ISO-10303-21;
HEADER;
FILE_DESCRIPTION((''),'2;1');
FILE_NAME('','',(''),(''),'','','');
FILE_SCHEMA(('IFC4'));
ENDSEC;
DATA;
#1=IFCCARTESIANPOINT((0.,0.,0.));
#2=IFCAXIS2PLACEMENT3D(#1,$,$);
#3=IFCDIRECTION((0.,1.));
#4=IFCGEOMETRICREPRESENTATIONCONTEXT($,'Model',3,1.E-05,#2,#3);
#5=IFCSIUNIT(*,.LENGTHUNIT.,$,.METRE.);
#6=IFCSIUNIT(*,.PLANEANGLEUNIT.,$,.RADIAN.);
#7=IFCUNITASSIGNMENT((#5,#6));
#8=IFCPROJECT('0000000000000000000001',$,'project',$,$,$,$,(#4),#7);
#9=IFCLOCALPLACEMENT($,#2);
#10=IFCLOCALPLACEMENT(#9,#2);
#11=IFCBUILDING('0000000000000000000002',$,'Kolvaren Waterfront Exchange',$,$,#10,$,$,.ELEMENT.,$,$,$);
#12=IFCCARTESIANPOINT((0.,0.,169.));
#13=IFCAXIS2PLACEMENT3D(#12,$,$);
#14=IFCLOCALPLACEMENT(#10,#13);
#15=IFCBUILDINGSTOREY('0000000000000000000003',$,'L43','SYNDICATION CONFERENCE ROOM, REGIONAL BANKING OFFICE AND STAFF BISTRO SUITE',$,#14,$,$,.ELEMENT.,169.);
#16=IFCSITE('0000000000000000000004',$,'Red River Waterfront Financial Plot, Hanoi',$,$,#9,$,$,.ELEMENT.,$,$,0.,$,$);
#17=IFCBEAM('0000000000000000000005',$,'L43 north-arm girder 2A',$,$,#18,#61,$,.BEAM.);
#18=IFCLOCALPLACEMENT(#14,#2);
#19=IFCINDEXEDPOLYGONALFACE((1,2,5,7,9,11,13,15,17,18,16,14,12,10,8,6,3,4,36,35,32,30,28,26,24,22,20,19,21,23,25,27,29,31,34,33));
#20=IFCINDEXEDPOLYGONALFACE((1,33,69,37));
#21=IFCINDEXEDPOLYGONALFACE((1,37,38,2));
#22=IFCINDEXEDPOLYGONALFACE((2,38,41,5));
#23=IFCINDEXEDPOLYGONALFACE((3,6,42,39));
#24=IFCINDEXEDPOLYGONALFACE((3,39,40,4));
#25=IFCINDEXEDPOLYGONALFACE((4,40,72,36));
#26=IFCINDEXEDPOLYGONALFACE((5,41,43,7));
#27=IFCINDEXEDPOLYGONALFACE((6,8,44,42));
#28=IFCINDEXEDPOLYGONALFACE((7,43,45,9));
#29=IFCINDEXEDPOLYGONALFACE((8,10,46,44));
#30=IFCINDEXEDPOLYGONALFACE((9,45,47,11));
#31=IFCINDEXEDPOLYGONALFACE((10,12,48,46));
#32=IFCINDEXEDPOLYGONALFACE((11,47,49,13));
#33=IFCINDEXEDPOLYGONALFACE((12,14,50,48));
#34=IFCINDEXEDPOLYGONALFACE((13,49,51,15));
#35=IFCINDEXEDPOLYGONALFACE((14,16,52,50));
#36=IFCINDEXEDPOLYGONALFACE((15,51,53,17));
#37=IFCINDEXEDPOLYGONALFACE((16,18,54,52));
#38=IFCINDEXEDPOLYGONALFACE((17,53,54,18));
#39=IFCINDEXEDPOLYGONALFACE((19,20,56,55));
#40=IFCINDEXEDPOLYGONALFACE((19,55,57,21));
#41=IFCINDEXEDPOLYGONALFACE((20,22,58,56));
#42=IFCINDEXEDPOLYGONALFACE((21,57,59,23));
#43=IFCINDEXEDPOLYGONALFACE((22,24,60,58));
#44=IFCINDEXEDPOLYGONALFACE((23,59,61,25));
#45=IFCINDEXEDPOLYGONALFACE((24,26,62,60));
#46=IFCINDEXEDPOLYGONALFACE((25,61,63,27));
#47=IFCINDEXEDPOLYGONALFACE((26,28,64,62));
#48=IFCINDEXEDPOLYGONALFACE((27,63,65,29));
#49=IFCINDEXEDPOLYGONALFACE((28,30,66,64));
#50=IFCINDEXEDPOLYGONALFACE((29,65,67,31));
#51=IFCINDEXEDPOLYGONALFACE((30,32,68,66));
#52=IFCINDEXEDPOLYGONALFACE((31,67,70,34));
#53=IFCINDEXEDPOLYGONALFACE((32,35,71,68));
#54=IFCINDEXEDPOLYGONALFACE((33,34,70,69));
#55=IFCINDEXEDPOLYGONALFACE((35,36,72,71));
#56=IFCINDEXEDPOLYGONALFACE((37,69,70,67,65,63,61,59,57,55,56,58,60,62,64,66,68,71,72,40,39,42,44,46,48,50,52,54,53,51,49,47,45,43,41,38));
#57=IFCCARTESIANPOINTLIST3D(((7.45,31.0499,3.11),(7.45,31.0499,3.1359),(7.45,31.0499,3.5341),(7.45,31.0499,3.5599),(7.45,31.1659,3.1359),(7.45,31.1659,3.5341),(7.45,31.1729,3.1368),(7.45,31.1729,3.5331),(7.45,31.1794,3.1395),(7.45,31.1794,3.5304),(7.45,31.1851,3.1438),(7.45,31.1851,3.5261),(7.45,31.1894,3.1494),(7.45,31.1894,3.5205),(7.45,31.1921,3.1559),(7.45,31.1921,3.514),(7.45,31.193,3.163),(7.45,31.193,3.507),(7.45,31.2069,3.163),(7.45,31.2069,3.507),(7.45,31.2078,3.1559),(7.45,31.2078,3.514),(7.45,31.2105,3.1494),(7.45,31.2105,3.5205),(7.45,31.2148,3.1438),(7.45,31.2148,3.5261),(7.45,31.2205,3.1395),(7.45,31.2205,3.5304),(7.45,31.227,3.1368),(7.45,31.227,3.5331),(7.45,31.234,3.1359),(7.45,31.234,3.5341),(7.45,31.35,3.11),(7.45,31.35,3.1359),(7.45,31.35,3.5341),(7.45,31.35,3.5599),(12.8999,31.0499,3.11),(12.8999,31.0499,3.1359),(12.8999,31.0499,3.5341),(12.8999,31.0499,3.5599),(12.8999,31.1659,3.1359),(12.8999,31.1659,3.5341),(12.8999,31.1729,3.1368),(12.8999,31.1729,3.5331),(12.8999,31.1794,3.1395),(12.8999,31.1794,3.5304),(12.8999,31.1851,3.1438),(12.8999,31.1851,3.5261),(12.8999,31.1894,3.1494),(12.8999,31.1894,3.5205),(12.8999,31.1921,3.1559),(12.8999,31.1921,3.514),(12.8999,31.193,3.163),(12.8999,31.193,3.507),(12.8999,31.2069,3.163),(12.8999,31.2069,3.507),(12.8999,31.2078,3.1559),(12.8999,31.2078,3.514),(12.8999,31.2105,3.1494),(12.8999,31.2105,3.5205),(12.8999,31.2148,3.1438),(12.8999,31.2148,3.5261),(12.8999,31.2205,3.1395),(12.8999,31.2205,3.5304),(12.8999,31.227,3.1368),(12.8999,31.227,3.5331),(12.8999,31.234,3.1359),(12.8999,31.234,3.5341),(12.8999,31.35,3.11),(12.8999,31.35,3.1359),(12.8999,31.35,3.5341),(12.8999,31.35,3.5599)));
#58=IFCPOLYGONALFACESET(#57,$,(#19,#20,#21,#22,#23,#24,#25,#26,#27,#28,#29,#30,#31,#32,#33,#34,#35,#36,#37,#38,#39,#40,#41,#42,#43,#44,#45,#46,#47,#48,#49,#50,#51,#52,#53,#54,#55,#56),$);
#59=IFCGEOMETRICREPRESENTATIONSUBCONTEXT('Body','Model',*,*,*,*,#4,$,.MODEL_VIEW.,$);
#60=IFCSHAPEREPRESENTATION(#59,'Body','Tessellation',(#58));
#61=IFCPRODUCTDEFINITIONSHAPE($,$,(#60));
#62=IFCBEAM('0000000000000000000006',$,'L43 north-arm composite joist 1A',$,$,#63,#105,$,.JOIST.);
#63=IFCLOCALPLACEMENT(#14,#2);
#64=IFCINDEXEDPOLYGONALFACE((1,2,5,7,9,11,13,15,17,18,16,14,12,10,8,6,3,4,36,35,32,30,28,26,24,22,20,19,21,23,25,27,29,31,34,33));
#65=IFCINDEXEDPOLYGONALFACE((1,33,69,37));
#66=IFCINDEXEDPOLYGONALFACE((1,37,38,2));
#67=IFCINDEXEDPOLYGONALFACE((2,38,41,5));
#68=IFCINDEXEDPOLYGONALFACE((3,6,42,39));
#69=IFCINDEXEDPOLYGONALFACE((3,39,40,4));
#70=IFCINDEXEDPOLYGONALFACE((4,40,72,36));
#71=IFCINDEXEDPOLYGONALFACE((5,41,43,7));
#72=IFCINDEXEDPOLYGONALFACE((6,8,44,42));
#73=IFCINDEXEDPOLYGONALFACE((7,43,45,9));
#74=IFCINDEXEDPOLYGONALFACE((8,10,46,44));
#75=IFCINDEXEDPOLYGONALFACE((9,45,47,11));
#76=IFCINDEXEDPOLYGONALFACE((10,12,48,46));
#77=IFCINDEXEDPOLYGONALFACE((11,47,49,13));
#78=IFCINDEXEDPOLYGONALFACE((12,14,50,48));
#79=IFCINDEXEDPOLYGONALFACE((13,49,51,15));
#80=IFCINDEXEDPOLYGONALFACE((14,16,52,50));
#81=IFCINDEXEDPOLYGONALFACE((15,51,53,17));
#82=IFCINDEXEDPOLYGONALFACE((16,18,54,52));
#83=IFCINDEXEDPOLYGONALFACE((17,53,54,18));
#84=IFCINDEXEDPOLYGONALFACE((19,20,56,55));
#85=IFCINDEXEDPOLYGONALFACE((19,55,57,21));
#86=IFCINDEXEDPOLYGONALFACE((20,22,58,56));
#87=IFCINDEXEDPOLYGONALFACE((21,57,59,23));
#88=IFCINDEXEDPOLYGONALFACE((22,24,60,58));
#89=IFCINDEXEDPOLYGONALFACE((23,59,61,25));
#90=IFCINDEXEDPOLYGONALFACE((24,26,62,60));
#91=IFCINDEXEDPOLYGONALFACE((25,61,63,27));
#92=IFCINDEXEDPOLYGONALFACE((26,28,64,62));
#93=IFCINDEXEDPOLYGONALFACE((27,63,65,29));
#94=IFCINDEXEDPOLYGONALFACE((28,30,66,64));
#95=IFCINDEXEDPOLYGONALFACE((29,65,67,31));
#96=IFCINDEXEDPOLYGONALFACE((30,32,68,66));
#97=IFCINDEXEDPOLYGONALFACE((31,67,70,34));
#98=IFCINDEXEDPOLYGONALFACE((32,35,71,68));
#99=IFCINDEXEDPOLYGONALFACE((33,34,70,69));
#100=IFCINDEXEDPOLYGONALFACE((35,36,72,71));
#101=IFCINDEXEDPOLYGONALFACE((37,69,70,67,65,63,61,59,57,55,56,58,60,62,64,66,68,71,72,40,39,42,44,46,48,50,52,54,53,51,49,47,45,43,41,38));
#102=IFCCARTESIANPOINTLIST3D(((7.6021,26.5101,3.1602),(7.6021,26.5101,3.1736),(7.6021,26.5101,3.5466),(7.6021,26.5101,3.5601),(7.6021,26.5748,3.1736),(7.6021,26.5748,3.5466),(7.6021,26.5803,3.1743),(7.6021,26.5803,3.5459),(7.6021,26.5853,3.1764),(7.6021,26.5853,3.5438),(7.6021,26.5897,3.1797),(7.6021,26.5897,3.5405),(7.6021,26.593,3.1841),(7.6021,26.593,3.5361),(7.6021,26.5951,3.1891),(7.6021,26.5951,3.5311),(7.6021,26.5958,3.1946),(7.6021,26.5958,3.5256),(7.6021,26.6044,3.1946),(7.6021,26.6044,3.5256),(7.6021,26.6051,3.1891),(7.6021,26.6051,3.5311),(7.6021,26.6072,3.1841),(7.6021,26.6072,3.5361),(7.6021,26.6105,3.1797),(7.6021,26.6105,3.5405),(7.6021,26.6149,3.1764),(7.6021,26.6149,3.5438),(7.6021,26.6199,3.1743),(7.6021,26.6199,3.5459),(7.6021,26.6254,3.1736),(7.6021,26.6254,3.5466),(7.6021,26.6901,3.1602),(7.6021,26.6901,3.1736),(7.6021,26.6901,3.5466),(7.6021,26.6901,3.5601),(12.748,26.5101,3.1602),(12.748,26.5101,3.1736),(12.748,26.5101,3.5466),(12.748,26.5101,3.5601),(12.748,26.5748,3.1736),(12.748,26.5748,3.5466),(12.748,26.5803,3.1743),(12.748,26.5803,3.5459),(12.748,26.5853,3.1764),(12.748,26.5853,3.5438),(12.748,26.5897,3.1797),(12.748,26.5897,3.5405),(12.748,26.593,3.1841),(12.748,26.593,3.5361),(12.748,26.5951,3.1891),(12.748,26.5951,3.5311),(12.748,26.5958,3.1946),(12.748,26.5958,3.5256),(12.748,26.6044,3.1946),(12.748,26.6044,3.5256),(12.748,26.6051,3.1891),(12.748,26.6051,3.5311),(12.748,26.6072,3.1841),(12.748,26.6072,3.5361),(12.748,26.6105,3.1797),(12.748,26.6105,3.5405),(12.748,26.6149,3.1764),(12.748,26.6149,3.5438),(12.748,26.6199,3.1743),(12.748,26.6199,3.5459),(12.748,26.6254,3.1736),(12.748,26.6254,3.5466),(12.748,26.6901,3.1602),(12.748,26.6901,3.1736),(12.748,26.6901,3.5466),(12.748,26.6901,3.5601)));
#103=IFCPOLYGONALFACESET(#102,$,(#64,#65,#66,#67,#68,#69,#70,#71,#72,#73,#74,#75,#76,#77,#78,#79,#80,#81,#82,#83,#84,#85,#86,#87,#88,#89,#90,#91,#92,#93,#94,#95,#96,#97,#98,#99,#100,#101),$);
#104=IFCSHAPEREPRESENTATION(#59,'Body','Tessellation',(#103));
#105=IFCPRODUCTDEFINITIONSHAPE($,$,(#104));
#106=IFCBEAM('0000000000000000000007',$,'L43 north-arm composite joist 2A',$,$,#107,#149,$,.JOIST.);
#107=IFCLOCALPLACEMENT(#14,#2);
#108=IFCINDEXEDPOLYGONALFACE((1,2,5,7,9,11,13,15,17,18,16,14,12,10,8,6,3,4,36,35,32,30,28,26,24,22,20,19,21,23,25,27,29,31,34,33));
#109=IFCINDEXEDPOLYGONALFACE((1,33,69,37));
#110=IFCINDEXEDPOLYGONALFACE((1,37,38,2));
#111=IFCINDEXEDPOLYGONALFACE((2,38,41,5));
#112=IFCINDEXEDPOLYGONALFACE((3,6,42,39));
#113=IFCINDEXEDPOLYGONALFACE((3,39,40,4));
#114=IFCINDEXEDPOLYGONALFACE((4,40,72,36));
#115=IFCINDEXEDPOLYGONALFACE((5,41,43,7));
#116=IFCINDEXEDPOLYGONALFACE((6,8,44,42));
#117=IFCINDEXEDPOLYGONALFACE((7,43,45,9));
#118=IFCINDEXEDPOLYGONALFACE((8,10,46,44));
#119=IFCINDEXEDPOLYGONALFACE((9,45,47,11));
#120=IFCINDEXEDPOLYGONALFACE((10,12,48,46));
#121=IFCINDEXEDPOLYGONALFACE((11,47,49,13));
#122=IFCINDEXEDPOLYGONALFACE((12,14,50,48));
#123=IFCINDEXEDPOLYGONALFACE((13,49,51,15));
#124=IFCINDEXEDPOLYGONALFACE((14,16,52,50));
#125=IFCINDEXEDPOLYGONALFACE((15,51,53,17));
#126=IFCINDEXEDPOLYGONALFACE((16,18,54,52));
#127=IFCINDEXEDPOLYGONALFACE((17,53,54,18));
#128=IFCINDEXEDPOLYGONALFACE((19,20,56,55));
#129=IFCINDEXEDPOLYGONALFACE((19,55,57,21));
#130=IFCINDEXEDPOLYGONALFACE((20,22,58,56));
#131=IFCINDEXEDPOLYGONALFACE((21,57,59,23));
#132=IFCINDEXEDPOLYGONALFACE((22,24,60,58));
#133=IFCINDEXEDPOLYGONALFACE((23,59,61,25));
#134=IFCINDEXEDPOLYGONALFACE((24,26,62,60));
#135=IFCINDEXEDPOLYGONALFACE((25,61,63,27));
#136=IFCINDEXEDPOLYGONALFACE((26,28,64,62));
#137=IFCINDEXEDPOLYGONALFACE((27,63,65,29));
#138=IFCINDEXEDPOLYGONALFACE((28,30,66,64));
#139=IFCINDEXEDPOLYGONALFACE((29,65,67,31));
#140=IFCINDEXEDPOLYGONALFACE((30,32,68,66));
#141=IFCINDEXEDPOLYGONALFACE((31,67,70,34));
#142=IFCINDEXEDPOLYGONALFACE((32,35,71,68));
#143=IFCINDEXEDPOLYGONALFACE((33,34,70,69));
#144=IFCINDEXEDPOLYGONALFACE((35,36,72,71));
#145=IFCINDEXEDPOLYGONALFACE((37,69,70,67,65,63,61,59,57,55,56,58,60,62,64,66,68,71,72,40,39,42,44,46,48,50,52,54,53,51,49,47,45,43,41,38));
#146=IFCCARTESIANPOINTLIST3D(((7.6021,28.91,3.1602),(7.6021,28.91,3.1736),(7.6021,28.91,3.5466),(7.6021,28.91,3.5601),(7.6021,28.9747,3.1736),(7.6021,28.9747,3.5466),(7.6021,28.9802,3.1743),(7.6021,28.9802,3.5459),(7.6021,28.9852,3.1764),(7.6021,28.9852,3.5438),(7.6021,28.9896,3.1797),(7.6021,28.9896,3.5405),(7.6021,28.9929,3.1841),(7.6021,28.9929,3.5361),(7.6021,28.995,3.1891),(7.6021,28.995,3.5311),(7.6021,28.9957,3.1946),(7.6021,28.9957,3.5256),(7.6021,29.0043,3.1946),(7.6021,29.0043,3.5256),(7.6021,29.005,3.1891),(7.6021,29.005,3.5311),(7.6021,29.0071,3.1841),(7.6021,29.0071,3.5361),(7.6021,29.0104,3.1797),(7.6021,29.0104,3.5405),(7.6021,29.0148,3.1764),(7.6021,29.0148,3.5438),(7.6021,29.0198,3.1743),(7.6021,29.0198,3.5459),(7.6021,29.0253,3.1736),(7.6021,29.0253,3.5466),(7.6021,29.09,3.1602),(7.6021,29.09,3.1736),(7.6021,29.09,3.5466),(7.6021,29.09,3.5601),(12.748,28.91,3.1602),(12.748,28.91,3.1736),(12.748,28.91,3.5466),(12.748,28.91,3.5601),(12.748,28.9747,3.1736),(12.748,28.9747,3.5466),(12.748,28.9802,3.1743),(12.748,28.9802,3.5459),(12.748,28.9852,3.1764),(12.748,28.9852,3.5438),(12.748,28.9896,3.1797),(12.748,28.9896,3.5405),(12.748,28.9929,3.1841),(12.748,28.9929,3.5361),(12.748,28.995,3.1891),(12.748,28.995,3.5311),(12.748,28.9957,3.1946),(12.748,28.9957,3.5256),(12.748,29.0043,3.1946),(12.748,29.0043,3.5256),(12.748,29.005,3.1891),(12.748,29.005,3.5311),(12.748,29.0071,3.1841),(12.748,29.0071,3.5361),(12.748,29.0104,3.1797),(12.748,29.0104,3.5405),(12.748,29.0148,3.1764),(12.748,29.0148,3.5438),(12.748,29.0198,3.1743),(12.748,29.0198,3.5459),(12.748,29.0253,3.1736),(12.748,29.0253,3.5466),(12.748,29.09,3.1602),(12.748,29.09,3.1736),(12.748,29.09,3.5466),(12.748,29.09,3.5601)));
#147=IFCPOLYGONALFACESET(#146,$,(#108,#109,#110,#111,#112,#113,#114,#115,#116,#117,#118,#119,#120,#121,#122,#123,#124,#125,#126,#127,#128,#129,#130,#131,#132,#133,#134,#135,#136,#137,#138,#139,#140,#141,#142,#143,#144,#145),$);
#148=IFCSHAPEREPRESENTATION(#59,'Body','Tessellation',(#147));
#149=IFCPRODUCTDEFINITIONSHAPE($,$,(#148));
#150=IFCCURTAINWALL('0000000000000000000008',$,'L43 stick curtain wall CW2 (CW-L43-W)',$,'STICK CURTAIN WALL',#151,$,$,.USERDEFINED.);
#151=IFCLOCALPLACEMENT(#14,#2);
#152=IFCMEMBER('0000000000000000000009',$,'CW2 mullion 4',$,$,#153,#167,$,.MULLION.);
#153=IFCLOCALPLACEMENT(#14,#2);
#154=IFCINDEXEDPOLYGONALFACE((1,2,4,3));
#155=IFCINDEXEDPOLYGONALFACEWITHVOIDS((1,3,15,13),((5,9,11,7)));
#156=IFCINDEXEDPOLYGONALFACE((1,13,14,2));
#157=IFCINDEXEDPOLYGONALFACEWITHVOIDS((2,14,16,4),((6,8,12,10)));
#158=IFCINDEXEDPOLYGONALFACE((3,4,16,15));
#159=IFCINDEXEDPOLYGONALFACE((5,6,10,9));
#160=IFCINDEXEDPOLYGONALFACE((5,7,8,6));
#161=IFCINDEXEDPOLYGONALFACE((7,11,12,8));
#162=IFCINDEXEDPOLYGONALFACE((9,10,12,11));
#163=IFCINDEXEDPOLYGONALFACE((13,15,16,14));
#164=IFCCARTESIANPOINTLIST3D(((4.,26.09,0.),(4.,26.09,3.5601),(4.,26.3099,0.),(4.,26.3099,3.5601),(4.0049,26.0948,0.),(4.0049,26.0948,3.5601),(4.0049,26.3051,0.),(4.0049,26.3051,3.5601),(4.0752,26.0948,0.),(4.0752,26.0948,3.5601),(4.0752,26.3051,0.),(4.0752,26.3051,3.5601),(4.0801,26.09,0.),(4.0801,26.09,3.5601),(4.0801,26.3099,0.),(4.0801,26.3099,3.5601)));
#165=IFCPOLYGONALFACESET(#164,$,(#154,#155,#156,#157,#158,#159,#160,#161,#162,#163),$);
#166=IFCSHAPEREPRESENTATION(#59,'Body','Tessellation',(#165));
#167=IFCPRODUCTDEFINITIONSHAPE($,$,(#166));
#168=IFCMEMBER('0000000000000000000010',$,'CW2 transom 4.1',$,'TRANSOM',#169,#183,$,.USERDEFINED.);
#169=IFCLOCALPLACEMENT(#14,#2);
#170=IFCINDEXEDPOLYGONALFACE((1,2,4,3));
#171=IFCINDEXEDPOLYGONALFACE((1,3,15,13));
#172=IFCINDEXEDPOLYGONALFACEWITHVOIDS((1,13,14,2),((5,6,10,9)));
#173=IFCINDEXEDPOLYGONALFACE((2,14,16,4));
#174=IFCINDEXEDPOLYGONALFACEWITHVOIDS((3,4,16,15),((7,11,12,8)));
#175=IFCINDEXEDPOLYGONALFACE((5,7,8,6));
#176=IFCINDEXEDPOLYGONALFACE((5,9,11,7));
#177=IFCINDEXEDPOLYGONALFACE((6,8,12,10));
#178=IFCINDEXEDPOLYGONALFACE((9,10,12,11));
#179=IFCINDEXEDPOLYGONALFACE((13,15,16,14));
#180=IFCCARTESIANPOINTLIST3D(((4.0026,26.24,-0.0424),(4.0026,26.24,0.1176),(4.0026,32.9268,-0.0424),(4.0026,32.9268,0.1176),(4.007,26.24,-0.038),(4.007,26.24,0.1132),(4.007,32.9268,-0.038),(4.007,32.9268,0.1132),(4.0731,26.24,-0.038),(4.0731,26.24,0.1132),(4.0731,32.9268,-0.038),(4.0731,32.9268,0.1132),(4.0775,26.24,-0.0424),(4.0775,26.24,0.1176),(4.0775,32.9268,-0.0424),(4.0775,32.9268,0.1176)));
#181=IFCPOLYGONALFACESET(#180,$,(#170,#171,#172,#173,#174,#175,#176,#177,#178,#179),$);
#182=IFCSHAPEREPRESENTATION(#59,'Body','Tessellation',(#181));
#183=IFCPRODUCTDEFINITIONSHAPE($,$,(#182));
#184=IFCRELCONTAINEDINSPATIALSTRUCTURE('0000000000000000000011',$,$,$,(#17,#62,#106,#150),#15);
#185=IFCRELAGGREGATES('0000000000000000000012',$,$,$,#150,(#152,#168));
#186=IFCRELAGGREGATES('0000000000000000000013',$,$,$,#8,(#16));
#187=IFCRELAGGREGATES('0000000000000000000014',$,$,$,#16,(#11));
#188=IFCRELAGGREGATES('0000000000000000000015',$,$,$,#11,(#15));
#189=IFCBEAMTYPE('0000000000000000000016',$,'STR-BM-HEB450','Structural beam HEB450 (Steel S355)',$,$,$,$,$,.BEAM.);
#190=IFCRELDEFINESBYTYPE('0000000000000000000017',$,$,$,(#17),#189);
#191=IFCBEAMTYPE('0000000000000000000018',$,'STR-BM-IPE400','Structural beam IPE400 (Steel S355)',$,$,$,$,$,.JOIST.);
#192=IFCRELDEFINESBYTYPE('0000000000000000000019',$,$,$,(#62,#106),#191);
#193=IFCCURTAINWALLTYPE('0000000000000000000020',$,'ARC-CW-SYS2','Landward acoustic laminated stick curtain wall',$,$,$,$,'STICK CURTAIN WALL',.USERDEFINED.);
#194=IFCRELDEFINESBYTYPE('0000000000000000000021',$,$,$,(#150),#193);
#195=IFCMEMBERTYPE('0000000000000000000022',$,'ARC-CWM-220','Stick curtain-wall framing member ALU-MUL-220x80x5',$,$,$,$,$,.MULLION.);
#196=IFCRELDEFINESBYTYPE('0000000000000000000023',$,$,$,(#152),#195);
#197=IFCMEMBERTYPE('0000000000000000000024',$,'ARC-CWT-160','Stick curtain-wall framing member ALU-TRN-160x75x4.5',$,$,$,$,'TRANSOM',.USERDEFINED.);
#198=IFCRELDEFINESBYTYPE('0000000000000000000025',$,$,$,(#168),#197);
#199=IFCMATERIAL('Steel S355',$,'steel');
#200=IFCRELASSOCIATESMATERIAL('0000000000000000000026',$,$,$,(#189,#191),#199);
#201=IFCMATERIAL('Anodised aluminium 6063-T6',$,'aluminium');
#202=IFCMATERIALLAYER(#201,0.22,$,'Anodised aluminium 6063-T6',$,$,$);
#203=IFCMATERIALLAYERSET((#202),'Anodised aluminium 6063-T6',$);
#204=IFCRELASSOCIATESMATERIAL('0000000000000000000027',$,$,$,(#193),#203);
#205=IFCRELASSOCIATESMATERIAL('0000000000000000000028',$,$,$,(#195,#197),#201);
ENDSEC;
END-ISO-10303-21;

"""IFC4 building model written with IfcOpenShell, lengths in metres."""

from ifc_helpers import new_model, si_unit, direction, frame, origin, origin_with_axes, origin_2d, place, context, subcontext, project, spatial, hollow_rectangle, i_section, extrude, source, transform, mapped, material, layer, layer_set, material_profile, profile_set, type_object, element, aggregate, save


model = new_model("IFC4")

# Units and contexts
model_context = context("Model", 3, precision=1e-05, world=origin(), true_north=direction((0.0, 1.0)))
body_context = subcontext(model_context, "Body", "Model", "MODEL_VIEW")
ifc_project = project(units=[si_unit("LENGTHUNIT", "METRE"), si_unit("PLANEANGLEUNIT", "RADIAN")], contexts=[model_context])

# Site, building, storey
site_placement = place(None, origin())
site = spatial("IfcSite", under=ifc_project, at=site_placement, Name="Red River Waterfront Financial Plot, Hanoi", CompositionType="ELEMENT", RefElevation=0.0)
building_placement = place(site_placement, origin())
building = spatial("IfcBuilding", under=site, at=building_placement, Name="Kolvaren Waterfront Exchange", CompositionType="ELEMENT")
storey_placement = place(building_placement, frame((0.0, 0.0, 169.0)))
storey = spatial("IfcBuildingStorey", under=building, at=storey_placement, Name="L43", Description="SYNDICATION CONFERENCE ROOM, REGIONAL BANKING OFFICE AND STAFF BISTRO SUITE", CompositionType="ELEMENT", Elevation=169.0)

# Beams
ifc_material_1 = material(Name="Steel S355", Category="steel")
ifc_material_profile_1 = material_profile(ifc_material_1, i_section(OverallWidth=0.3, OverallDepth=0.45, WebThickness=0.0139, FlangeThickness=0.0259, FilletRadius=0.0271, at=origin_2d()), Name="HEB450")
ifc_profile_set_1 = profile_set([ifc_material_profile_1], Name="Steel S355")
beam_type_1 = type_object("IfcBeamType", Name="STR-BM-HEB450", Description="Structural beam HEB450 (Steel S355)", PredefinedType="BEAM", material=ifc_profile_set_1)
for number, where, z_axis, x_axis, name in (
    (1, (7.45, 31.2, 3.335), (1.0, 0.0, 0.0), (0.0, 1.0, 0.0), "L43 north-arm girder 2A"),
):
    element("IfcBeam", number, at=place(storey_placement, frame(where, z_axis=z_axis, x_axis=x_axis)), inside=storey, type_object=beam_type_1, Name=name, PredefinedType="BEAM", context=body_context, shape_type="SweptSolid", body=[
        extrude(i_section(OverallWidth=0.3, OverallDepth=0.45, WebThickness=0.0139, FlangeThickness=0.0259, FilletRadius=0.0271, at=origin_2d()), origin(), (0.0, 0.0, 1.0), 5.45),
    ])
ifc_material_profile_2 = material_profile(ifc_material_1, i_section(OverallWidth=0.1799, OverallDepth=0.3999, WebThickness=0.0085, FlangeThickness=0.0134, FilletRadius=0.021, at=origin_2d()), Name="IPE400")
ifc_profile_set_2 = profile_set([ifc_material_profile_2], Name="Steel S355")
beam_type_2 = type_object("IfcBeamType", Name="STR-BM-IPE400", Description="Structural beam IPE400 (Steel S355)", PredefinedType="JOIST", material=ifc_profile_set_2)
for number, where, z_axis, x_axis, name in (
    (2, (7.6021, 26.6001, 3.3601), (1.0, 0.0, 0.0), (0.0, 1.0, 0.0), "L43 north-arm composite joist 1A"),
    (3, (7.6021, 29.0, 3.3601), (1.0, 0.0, 0.0), (0.0, 1.0, 0.0), "L43 north-arm composite joist 2A"),
):
    element("IfcBeam", number, at=place(storey_placement, frame(where, z_axis=z_axis, x_axis=x_axis)), inside=storey, type_object=beam_type_2, Name=name, PredefinedType="JOIST", context=body_context, shape_type="SweptSolid", body=[
        extrude(i_section(OverallWidth=0.1799, OverallDepth=0.3999, WebThickness=0.0085, FlangeThickness=0.0134, FilletRadius=0.021, at=origin_2d()), origin(), (0.0, 0.0, 1.0), 5.146),
    ])

# Curtain wall, members
ifc_material_2 = material(Name="Anodised aluminium 6063-T6", Category="aluminium")
ifc_layer_1 = layer(ifc_material_2, 0.22, Name="Anodised aluminium 6063-T6")
ifc_layer_set_1 = layer_set([ifc_layer_1], Name="Anodised aluminium 6063-T6")
curtain_wall_type = type_object("IfcCurtainWallType", Name="ARC-CW-SYS2", Description="Landward acoustic laminated stick curtain wall", ElementType="STICK CURTAIN WALL", PredefinedType="USERDEFINED", material=ifc_layer_set_1)
curtain_wall_placement = place(storey_placement, origin())
curtain_wall = element("IfcCurtainWall", 4, at=curtain_wall_placement, inside=storey, type_object=curtain_wall_type, Name="L43 stick curtain wall CW2 (CW-L43-W)", ObjectType="STICK CURTAIN WALL", PredefinedType="USERDEFINED")
ifc_material_profile_3 = material_profile(ifc_material_2, hollow_rectangle(XDim=0.0801, YDim=0.22, WallThickness=0.0049, at=origin_2d()), Name="ALU-MUL-220x80x5")
ifc_profile_set_3 = profile_set([ifc_material_profile_3], Name="Anodised aluminium 6063-T6")
member_type_1 = type_object("IfcMemberType", Name="ARC-CWM-220", Description="Stick curtain-wall framing member ALU-MUL-220x80x5", PredefinedType="MULLION", material=ifc_profile_set_3)
shared_shape_1 = source(origin_with_axes(), body_context, "Body", "SweptSolid", [
    extrude(hollow_rectangle(XDim=0.0801, YDim=0.22, WallThickness=0.0049, at=origin_2d()), origin(), (0.0, 0.0, 1.0), 3.5601),
])
member_1_placement = place(storey_placement, frame((4.04, 26.2, 0.0), z_axis=(0.0, 0.0, 1.0), x_axis=(-1.0, 0.0, 0.0)))
member_1 = element("IfcMember", 5, at=member_1_placement, type_object=member_type_1, Name="CW2 mullion 4", PredefinedType="MULLION", context=body_context, shape_type="MappedRepresentation", body=[
    mapped(shared_shape_1, transform((0.0, 0.0, 0.0), x_axis=(1.0, 0.0, 0.0), y_axis=(0.0, 1.0, 0.0), z_axis=(0.0, 0.0, 1.0), scale=1.0)),
])
ifc_material_profile_4 = material_profile(ifc_material_2, hollow_rectangle(XDim=0.075, YDim=0.1599, WallThickness=0.0044, at=origin_2d()), Name="ALU-TRN-160x75x4.5")
ifc_profile_set_4 = profile_set([ifc_material_profile_4], Name="Anodised aluminium 6063-T6")
member_type_2 = type_object("IfcMemberType", Name="ARC-CWT-160", Description="Stick curtain-wall framing member ALU-TRN-160x75x4.5", ElementType="TRANSOM", PredefinedType="USERDEFINED", material=ifc_profile_set_4)
shared_shape_2 = source(origin_with_axes(), body_context, "Body", "SweptSolid", [
    extrude(hollow_rectangle(XDim=0.075, YDim=0.1599, WallThickness=0.0044, at=origin_2d()), origin(), (0.0, 0.0, 1.0), 6.6868),
])
member_2_placement = place(storey_placement, frame((4.04, 26.24, 0.0376), z_axis=(0.0, 1.0, 0.0), x_axis=(-1.0, 0.0, 0.0)))
member_2 = element("IfcMember", 6, at=member_2_placement, type_object=member_type_2, Name="CW2 transom 4.1", ObjectType="TRANSOM", PredefinedType="USERDEFINED", context=body_context, shape_type="MappedRepresentation", body=[
    mapped(shared_shape_2, transform((0.0, 0.0, 0.0), x_axis=(1.0, 0.0, 0.0), y_axis=(0.0, 1.0, 0.0), z_axis=(0.0, 0.0, 1.0), scale=1.0)),
])
aggregate(curtain_wall, [member_1, member_2])

save(model, "model.ifc")
